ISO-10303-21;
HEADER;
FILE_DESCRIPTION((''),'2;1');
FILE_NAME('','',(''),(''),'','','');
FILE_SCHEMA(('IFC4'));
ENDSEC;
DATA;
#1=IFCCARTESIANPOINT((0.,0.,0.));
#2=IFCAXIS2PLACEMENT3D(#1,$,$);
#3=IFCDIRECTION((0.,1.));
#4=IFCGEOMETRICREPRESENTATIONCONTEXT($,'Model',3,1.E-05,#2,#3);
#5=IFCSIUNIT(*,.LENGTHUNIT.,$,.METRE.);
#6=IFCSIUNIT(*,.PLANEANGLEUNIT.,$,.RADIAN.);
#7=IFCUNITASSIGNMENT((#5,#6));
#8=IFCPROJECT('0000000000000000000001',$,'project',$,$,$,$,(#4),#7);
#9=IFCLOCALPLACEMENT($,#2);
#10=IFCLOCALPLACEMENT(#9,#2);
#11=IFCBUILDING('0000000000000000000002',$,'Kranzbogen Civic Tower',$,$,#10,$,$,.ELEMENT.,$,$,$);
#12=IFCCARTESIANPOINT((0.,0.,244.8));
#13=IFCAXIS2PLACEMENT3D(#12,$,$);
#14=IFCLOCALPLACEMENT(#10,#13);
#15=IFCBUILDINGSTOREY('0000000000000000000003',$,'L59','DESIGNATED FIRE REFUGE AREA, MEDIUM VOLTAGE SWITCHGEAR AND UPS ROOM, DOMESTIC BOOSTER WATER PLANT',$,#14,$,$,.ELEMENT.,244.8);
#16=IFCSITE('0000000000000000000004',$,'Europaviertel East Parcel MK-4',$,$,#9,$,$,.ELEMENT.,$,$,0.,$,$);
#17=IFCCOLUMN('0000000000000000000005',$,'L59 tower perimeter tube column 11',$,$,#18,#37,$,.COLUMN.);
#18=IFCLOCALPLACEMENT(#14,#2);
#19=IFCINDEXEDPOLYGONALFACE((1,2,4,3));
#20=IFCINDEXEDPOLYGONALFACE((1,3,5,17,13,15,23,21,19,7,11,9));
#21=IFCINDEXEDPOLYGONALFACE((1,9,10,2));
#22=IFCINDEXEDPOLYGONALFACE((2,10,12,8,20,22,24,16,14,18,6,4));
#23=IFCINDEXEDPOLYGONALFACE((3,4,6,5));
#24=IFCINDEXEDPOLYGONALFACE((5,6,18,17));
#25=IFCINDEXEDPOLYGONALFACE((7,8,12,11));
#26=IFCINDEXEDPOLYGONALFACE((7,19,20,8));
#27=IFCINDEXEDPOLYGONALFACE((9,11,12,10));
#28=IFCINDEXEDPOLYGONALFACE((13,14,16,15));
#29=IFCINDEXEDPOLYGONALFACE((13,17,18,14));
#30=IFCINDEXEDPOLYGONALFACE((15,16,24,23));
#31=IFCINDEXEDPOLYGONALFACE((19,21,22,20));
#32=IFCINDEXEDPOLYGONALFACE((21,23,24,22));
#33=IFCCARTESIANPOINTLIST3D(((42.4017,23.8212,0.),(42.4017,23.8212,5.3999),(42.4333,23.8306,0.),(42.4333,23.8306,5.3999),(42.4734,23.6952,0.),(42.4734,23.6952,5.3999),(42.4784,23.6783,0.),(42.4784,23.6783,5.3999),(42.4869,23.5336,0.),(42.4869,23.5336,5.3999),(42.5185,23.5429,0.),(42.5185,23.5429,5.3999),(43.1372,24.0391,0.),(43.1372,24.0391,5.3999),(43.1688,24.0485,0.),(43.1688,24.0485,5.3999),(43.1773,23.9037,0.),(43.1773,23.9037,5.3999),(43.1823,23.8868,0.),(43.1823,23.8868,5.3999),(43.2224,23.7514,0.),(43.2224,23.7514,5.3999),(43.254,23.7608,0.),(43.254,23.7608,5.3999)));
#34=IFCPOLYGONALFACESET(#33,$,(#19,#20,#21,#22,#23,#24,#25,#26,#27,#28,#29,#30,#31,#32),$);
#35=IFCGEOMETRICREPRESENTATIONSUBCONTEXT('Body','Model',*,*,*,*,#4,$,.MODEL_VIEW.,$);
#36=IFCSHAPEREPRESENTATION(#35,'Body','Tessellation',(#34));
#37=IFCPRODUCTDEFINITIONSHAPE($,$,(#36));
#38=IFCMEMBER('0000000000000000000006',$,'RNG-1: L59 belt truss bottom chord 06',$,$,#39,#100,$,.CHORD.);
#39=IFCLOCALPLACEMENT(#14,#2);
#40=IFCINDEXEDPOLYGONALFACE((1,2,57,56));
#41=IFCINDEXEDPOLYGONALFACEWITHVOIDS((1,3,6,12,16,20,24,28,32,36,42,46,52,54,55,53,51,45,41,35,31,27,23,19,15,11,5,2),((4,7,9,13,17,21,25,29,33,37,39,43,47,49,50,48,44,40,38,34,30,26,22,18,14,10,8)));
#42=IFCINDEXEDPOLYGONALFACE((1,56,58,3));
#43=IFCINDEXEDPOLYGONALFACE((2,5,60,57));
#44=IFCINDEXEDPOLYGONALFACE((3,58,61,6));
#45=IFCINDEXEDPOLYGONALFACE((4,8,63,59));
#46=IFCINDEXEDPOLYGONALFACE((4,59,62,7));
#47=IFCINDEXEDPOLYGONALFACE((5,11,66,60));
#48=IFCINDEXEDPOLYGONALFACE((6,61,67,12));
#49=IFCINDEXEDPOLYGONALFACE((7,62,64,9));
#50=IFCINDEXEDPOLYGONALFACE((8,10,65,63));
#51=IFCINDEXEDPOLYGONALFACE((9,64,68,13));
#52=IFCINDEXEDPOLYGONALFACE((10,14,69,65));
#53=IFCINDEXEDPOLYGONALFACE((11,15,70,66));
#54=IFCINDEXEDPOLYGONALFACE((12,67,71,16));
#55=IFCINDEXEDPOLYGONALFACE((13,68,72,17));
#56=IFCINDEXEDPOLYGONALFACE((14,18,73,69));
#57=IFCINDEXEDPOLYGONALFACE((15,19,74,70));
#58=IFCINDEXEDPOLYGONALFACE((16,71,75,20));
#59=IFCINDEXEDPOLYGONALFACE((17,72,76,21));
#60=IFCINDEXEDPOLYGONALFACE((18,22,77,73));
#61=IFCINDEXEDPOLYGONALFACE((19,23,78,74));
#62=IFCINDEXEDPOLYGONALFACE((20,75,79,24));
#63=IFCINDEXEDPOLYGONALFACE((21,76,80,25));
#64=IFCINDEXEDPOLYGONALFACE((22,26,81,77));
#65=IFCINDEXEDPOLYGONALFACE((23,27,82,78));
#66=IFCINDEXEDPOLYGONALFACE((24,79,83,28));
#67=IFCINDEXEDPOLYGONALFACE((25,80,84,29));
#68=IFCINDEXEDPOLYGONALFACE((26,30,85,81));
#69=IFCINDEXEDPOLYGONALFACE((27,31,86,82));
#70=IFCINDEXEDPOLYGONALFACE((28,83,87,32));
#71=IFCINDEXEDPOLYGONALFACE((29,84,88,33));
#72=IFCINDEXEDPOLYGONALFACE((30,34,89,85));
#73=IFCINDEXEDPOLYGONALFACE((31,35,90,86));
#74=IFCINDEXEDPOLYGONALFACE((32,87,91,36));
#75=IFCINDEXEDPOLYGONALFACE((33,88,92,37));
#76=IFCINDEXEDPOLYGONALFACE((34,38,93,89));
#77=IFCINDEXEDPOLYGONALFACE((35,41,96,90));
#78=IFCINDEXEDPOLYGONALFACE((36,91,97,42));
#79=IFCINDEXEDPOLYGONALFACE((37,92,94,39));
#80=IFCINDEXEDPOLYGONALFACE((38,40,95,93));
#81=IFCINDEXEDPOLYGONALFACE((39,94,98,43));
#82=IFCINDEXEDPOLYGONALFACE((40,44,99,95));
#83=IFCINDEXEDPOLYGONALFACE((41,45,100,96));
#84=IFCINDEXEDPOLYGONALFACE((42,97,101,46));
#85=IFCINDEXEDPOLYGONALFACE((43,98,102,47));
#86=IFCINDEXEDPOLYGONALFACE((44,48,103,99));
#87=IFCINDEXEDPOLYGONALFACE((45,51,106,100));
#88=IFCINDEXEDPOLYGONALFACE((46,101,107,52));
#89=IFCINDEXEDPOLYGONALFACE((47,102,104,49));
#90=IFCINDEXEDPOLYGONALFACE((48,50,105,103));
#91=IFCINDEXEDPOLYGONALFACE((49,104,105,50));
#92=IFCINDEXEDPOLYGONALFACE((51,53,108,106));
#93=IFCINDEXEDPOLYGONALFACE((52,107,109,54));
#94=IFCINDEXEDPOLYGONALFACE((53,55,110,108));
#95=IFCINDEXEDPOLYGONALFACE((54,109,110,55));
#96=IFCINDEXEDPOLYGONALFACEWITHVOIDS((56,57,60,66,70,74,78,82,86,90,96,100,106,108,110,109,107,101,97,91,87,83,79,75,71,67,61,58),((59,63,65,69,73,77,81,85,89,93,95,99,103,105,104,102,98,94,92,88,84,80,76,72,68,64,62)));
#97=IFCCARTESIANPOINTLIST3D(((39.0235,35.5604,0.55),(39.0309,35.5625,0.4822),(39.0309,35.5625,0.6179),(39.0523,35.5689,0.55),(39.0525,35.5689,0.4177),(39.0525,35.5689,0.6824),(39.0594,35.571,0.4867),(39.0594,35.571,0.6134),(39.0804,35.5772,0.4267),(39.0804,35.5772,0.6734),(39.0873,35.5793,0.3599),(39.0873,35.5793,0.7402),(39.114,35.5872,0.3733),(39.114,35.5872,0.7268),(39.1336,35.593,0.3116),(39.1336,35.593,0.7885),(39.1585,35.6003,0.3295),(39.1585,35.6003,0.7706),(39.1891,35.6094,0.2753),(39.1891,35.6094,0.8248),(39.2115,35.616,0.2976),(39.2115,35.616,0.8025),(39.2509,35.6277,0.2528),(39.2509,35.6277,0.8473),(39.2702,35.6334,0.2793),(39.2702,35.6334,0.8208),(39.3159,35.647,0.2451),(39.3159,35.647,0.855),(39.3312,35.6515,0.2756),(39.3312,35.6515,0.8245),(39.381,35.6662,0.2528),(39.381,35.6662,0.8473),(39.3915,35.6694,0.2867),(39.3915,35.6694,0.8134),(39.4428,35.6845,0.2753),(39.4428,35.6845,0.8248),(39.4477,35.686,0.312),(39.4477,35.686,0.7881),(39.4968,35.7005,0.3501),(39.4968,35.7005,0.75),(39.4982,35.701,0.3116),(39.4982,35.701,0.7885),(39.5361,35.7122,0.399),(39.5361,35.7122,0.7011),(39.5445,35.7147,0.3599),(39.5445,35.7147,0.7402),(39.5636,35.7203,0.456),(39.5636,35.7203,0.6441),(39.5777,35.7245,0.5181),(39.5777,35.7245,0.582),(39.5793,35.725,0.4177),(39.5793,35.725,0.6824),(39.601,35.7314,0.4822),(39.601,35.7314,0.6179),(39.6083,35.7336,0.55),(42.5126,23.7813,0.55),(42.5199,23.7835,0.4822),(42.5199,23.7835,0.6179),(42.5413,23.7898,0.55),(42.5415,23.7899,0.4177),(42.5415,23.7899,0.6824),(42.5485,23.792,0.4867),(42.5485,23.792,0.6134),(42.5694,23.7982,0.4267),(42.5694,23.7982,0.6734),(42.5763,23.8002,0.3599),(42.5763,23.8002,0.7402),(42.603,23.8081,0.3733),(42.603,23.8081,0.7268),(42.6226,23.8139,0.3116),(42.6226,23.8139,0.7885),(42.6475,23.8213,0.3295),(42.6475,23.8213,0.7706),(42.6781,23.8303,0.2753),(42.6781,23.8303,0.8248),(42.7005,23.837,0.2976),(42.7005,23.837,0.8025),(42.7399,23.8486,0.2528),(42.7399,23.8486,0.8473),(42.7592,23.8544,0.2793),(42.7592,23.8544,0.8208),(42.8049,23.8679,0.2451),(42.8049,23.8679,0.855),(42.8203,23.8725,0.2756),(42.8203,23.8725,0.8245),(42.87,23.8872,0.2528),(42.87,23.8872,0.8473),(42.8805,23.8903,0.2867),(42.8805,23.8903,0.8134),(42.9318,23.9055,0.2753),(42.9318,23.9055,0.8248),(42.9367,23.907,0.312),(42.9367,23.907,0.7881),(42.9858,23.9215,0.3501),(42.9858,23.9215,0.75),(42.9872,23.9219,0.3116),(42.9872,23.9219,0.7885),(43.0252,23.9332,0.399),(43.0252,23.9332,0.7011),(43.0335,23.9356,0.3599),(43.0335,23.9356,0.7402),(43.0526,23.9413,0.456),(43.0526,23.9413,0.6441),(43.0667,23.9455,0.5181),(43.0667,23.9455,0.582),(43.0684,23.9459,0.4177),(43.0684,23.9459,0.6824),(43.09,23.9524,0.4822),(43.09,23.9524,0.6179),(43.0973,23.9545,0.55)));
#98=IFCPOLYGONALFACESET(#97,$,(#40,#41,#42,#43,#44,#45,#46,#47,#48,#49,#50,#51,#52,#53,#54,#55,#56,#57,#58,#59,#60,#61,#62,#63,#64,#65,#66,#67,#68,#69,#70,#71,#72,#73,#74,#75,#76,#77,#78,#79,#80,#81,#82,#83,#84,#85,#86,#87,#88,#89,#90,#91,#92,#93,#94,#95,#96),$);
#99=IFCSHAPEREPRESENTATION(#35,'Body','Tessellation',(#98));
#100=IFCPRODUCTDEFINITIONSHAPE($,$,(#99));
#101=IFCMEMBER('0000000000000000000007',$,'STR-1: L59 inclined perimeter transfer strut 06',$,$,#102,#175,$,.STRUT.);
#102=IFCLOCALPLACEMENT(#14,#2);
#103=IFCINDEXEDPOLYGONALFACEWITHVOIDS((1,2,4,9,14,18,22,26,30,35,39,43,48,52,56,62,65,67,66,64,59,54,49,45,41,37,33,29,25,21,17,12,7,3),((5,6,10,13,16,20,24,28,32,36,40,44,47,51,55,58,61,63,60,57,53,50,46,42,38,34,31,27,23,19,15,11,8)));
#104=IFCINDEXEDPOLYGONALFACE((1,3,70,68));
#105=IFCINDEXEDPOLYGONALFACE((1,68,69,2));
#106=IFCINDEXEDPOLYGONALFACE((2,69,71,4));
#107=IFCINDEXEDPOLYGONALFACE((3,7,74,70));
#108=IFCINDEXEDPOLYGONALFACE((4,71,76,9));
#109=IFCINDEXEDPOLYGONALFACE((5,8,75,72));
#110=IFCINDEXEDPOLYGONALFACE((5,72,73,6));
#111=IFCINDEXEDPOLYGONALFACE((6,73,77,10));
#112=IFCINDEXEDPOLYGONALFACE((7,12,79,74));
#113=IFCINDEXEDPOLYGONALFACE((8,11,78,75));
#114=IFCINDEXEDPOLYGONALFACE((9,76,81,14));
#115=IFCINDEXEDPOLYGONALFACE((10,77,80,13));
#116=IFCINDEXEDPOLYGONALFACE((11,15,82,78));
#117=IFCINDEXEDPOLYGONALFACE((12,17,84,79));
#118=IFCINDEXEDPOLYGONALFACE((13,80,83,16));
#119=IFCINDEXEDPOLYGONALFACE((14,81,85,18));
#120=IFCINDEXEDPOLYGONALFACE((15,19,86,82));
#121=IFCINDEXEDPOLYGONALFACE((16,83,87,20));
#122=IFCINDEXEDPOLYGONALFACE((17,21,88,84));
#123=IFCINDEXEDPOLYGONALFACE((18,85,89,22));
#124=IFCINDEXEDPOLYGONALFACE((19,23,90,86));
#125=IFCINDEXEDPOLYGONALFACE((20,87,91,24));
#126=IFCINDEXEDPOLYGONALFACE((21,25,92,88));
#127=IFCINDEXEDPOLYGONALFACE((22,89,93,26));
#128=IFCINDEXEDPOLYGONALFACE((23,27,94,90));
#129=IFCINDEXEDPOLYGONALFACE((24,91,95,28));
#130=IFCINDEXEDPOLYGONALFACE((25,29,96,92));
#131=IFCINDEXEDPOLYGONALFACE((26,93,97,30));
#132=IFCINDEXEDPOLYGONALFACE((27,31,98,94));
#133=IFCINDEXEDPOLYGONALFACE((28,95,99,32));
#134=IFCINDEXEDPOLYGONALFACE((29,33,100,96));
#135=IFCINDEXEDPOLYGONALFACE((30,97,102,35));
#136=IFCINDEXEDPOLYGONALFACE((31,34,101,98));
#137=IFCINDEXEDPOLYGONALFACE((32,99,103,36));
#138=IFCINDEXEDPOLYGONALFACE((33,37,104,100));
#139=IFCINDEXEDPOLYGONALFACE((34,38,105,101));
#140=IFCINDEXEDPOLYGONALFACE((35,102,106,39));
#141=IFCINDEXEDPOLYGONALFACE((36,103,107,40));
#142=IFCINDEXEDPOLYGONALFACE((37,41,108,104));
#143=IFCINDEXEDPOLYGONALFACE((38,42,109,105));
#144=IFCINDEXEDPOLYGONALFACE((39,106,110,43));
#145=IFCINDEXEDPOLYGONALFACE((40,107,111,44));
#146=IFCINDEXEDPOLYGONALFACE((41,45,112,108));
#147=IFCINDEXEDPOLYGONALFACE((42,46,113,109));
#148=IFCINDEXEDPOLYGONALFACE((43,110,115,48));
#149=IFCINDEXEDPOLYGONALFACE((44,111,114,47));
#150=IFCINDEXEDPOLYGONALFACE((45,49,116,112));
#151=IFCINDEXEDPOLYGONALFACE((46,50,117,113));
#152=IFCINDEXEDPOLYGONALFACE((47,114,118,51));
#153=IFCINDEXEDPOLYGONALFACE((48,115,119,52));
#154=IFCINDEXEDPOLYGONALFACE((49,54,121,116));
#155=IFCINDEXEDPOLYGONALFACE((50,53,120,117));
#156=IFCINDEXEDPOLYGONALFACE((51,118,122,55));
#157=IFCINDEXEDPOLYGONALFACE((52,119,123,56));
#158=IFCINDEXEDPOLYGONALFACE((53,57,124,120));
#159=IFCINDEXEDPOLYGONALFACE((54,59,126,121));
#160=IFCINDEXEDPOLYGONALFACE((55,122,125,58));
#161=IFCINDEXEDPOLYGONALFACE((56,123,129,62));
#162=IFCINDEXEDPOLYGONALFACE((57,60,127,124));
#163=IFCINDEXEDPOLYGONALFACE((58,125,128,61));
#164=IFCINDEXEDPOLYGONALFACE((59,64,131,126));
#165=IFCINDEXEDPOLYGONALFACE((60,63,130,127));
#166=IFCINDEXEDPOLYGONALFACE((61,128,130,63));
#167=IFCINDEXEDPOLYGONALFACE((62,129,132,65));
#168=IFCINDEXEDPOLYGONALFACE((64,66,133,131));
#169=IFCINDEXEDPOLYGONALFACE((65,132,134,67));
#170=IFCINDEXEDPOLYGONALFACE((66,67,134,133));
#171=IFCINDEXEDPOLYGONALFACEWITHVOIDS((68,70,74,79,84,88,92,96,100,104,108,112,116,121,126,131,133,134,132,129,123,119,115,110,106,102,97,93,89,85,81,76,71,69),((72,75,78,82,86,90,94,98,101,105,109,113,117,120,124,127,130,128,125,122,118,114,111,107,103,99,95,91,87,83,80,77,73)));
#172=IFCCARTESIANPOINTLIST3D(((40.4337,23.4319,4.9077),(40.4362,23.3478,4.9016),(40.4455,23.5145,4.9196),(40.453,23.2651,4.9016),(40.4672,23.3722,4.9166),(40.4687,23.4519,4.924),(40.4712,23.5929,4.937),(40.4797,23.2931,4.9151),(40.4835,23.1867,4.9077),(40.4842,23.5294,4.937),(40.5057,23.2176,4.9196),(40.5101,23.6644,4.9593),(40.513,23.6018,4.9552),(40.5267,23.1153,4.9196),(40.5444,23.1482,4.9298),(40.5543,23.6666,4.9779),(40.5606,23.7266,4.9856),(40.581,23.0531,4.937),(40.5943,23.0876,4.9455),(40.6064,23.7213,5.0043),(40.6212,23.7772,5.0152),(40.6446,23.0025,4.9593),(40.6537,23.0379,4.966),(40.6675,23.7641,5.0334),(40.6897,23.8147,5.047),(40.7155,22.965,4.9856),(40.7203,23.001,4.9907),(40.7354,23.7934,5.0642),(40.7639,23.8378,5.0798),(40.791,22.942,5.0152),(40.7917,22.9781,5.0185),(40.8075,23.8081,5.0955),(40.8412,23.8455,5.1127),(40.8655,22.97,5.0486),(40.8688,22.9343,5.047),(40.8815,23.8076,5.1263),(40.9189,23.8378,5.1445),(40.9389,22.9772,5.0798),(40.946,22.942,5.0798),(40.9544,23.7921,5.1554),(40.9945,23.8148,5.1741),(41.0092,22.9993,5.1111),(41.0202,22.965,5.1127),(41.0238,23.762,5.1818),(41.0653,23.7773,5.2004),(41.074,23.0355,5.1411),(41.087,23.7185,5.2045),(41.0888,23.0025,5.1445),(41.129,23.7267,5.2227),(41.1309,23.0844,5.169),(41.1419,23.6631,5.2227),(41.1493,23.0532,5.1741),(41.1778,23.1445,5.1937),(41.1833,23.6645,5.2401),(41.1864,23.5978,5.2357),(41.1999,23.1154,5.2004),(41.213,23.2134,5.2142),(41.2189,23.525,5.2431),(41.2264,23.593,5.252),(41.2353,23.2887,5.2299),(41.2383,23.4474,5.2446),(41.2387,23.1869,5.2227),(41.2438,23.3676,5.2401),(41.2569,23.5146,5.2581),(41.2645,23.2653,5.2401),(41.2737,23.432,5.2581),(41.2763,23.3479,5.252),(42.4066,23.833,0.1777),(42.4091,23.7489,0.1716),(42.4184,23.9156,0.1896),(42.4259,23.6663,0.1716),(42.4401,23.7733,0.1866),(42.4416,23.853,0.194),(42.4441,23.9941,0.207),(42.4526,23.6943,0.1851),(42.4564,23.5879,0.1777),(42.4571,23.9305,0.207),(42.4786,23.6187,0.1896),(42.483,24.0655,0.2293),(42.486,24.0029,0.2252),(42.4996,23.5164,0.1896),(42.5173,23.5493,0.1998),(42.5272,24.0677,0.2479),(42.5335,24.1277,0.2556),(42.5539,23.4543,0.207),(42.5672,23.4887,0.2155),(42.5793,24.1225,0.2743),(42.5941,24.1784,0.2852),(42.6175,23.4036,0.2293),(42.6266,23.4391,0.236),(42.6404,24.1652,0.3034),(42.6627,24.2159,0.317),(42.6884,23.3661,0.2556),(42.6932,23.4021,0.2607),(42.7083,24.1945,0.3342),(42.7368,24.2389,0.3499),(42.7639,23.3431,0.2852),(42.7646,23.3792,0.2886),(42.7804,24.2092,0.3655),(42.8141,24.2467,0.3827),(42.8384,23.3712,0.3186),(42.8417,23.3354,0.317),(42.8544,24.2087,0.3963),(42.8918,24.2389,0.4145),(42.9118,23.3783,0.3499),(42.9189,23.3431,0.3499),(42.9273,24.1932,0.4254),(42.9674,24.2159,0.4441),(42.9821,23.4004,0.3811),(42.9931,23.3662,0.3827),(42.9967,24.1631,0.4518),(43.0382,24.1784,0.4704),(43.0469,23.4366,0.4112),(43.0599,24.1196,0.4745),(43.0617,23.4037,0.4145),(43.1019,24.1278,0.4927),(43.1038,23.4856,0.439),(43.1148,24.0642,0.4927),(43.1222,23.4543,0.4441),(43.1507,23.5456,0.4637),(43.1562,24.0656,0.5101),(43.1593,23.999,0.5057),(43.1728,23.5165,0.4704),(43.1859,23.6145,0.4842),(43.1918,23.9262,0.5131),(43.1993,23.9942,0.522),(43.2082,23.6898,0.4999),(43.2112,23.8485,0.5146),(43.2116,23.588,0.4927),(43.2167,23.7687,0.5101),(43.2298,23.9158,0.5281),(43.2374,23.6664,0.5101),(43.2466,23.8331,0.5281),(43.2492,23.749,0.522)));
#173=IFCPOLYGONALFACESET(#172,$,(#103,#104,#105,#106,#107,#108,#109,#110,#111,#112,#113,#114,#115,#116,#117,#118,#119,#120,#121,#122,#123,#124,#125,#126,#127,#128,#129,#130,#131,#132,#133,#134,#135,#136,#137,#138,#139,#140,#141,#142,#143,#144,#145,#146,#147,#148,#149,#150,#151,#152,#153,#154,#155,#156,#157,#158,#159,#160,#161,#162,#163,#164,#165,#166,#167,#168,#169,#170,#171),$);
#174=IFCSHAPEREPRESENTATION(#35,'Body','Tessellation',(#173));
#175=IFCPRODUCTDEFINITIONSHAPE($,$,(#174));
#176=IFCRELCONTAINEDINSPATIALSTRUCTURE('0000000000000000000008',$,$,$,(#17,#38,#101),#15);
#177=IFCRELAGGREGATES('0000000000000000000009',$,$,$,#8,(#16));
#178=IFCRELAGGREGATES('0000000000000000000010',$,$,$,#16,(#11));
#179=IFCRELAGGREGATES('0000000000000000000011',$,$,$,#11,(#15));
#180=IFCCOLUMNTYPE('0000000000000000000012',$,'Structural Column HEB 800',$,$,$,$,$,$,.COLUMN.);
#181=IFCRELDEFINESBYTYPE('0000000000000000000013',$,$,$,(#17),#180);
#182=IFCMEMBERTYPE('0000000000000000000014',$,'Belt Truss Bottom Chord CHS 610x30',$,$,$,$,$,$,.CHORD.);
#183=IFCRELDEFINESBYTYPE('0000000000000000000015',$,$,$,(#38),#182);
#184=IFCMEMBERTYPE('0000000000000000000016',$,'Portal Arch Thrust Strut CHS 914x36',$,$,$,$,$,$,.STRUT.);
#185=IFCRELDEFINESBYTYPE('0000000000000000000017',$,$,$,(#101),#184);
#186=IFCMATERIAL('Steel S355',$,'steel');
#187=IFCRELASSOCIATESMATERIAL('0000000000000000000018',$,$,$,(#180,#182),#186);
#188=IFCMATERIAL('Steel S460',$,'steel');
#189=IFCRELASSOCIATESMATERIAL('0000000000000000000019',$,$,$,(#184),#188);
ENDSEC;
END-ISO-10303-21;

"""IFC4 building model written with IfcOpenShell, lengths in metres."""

from ifc_helpers import new_model, si_unit, direction, frame, origin, origin_2d, place, context, subcontext, project, spatial, hollow_circle, i_section, extrude, material, material_profile, profile_set, type_object, element, save


model = new_model("IFC4")

# Units and contexts
model_context = context("Model", 3, precision=1e-05, world=origin(), true_north=direction((0.0, 1.0)))
body_context = subcontext(model_context, "Body", "Model", "MODEL_VIEW")
ifc_project = project(units=[si_unit("LENGTHUNIT", "METRE"), si_unit("PLANEANGLEUNIT", "RADIAN")], contexts=[model_context])

# Site, building, storey
site_placement = place(None, origin())
site = spatial("IfcSite", under=ifc_project, at=site_placement, Name="Europaviertel East Parcel MK-4", CompositionType="ELEMENT", RefElevation=0.0)
building_placement = place(site_placement, origin())
building = spatial("IfcBuilding", under=site, at=building_placement, Name="Kranzbogen Civic Tower", CompositionType="ELEMENT")
storey_placement = place(building_placement, frame((0.0, 0.0, 244.8)))
storey = spatial("IfcBuildingStorey", under=building, at=storey_placement, Name="L59", Description="DESIGNATED FIRE REFUGE AREA, MEDIUM VOLTAGE SWITCHGEAR AND UPS ROOM, DOMESTIC BOOSTER WATER PLANT", CompositionType="ELEMENT", Elevation=244.8)

# Column
ifc_material_1 = material(Name="Steel S355", Category="steel")
ifc_material_profile_1 = material_profile(ifc_material_1, i_section(OverallWidth=0.3, OverallDepth=0.8, WebThickness=0.0176, FlangeThickness=0.033, at=origin_2d()), Name="HEB 800")
ifc_profile_set_1 = profile_set([ifc_material_profile_1], Name="Steel S355")
column_type = type_object("IfcColumnType", Name="Structural Column HEB 800", PredefinedType="COLUMN", material=ifc_profile_set_1)
column_placement = place(storey_placement, frame((42.8279, 23.791, 0.0), z_axis=(0.0, 0.0, 1.0), x_axis=(-0.284015, 0.95882, 0.0)))
element("IfcColumn", 1, at=column_placement, inside=storey, type_object=column_type, Name="L59 tower perimeter tube column 11", PredefinedType="COLUMN", context=body_context, shape_type="SweptSolid", body=[
    extrude(i_section(OverallWidth=0.3, OverallDepth=0.8, WebThickness=0.0176, FlangeThickness=0.033, at=origin_2d()), origin(), (0.0, 0.0, 1.0), 5.3999),
])

# Members
ifc_material_profile_2 = material_profile(ifc_material_1, hollow_circle(Radius=0.3049, WallThickness=0.03, at=origin_2d()), Name="CHS 610x30")
ifc_profile_set_2 = profile_set([ifc_material_profile_2], Name="Steel S355")
member_type_1 = type_object("IfcMemberType", Name="Belt Truss Bottom Chord CHS 610x30", PredefinedType="CHORD", material=ifc_profile_set_2)
member_1_placement = place(storey_placement, frame((42.8049, 23.8679, 0.55), z_axis=(-0.284008, 0.958822, 0.0), x_axis=(-0.958822, -0.284008, 0.0)))
element("IfcMember", 2, at=member_1_placement, inside=storey, type_object=member_type_1, Name="RNG-1: L59 belt truss bottom chord 06", PredefinedType="CHORD", context=body_context, shape_type="SweptSolid", body=[
    extrude(hollow_circle(Radius=0.3049, WallThickness=0.03, at=origin_2d()), origin(), (0.0, 0.0, 1.0), 12.2849),
])
ifc_material_2 = material(Name="Steel S460", Category="steel")
ifc_material_profile_3 = material_profile(ifc_material_2, hollow_circle(Radius=0.457, WallThickness=0.0359, at=origin_2d()), Name="CHS 914x36")
ifc_profile_set_3 = profile_set([ifc_material_profile_3], Name="Steel S460")
member_type_2 = type_object("IfcMemberType", Name="Portal Arch Thrust Strut CHS 914x36", PredefinedType="STRUT", material=ifc_profile_set_3)
member_2_placement = place(storey_placement, frame((42.8279, 23.791, 0.3499), z_axis=(-0.383787, -0.07803, 0.920119), x_axis=(0.19924, -0.979951, 0.0)))
element("IfcMember", 3, at=member_2_placement, inside=storey, type_object=member_type_2, Name="STR-1: L59 inclined perimeter transfer strut 06", PredefinedType="STRUT", context=body_context, shape_type="SweptSolid", body=[
    extrude(hollow_circle(Radius=0.457, WallThickness=0.0359, at=origin_2d()), origin(), (0.0, 0.0, 1.0), 5.1406),
])

save(model, "model.ifc")
